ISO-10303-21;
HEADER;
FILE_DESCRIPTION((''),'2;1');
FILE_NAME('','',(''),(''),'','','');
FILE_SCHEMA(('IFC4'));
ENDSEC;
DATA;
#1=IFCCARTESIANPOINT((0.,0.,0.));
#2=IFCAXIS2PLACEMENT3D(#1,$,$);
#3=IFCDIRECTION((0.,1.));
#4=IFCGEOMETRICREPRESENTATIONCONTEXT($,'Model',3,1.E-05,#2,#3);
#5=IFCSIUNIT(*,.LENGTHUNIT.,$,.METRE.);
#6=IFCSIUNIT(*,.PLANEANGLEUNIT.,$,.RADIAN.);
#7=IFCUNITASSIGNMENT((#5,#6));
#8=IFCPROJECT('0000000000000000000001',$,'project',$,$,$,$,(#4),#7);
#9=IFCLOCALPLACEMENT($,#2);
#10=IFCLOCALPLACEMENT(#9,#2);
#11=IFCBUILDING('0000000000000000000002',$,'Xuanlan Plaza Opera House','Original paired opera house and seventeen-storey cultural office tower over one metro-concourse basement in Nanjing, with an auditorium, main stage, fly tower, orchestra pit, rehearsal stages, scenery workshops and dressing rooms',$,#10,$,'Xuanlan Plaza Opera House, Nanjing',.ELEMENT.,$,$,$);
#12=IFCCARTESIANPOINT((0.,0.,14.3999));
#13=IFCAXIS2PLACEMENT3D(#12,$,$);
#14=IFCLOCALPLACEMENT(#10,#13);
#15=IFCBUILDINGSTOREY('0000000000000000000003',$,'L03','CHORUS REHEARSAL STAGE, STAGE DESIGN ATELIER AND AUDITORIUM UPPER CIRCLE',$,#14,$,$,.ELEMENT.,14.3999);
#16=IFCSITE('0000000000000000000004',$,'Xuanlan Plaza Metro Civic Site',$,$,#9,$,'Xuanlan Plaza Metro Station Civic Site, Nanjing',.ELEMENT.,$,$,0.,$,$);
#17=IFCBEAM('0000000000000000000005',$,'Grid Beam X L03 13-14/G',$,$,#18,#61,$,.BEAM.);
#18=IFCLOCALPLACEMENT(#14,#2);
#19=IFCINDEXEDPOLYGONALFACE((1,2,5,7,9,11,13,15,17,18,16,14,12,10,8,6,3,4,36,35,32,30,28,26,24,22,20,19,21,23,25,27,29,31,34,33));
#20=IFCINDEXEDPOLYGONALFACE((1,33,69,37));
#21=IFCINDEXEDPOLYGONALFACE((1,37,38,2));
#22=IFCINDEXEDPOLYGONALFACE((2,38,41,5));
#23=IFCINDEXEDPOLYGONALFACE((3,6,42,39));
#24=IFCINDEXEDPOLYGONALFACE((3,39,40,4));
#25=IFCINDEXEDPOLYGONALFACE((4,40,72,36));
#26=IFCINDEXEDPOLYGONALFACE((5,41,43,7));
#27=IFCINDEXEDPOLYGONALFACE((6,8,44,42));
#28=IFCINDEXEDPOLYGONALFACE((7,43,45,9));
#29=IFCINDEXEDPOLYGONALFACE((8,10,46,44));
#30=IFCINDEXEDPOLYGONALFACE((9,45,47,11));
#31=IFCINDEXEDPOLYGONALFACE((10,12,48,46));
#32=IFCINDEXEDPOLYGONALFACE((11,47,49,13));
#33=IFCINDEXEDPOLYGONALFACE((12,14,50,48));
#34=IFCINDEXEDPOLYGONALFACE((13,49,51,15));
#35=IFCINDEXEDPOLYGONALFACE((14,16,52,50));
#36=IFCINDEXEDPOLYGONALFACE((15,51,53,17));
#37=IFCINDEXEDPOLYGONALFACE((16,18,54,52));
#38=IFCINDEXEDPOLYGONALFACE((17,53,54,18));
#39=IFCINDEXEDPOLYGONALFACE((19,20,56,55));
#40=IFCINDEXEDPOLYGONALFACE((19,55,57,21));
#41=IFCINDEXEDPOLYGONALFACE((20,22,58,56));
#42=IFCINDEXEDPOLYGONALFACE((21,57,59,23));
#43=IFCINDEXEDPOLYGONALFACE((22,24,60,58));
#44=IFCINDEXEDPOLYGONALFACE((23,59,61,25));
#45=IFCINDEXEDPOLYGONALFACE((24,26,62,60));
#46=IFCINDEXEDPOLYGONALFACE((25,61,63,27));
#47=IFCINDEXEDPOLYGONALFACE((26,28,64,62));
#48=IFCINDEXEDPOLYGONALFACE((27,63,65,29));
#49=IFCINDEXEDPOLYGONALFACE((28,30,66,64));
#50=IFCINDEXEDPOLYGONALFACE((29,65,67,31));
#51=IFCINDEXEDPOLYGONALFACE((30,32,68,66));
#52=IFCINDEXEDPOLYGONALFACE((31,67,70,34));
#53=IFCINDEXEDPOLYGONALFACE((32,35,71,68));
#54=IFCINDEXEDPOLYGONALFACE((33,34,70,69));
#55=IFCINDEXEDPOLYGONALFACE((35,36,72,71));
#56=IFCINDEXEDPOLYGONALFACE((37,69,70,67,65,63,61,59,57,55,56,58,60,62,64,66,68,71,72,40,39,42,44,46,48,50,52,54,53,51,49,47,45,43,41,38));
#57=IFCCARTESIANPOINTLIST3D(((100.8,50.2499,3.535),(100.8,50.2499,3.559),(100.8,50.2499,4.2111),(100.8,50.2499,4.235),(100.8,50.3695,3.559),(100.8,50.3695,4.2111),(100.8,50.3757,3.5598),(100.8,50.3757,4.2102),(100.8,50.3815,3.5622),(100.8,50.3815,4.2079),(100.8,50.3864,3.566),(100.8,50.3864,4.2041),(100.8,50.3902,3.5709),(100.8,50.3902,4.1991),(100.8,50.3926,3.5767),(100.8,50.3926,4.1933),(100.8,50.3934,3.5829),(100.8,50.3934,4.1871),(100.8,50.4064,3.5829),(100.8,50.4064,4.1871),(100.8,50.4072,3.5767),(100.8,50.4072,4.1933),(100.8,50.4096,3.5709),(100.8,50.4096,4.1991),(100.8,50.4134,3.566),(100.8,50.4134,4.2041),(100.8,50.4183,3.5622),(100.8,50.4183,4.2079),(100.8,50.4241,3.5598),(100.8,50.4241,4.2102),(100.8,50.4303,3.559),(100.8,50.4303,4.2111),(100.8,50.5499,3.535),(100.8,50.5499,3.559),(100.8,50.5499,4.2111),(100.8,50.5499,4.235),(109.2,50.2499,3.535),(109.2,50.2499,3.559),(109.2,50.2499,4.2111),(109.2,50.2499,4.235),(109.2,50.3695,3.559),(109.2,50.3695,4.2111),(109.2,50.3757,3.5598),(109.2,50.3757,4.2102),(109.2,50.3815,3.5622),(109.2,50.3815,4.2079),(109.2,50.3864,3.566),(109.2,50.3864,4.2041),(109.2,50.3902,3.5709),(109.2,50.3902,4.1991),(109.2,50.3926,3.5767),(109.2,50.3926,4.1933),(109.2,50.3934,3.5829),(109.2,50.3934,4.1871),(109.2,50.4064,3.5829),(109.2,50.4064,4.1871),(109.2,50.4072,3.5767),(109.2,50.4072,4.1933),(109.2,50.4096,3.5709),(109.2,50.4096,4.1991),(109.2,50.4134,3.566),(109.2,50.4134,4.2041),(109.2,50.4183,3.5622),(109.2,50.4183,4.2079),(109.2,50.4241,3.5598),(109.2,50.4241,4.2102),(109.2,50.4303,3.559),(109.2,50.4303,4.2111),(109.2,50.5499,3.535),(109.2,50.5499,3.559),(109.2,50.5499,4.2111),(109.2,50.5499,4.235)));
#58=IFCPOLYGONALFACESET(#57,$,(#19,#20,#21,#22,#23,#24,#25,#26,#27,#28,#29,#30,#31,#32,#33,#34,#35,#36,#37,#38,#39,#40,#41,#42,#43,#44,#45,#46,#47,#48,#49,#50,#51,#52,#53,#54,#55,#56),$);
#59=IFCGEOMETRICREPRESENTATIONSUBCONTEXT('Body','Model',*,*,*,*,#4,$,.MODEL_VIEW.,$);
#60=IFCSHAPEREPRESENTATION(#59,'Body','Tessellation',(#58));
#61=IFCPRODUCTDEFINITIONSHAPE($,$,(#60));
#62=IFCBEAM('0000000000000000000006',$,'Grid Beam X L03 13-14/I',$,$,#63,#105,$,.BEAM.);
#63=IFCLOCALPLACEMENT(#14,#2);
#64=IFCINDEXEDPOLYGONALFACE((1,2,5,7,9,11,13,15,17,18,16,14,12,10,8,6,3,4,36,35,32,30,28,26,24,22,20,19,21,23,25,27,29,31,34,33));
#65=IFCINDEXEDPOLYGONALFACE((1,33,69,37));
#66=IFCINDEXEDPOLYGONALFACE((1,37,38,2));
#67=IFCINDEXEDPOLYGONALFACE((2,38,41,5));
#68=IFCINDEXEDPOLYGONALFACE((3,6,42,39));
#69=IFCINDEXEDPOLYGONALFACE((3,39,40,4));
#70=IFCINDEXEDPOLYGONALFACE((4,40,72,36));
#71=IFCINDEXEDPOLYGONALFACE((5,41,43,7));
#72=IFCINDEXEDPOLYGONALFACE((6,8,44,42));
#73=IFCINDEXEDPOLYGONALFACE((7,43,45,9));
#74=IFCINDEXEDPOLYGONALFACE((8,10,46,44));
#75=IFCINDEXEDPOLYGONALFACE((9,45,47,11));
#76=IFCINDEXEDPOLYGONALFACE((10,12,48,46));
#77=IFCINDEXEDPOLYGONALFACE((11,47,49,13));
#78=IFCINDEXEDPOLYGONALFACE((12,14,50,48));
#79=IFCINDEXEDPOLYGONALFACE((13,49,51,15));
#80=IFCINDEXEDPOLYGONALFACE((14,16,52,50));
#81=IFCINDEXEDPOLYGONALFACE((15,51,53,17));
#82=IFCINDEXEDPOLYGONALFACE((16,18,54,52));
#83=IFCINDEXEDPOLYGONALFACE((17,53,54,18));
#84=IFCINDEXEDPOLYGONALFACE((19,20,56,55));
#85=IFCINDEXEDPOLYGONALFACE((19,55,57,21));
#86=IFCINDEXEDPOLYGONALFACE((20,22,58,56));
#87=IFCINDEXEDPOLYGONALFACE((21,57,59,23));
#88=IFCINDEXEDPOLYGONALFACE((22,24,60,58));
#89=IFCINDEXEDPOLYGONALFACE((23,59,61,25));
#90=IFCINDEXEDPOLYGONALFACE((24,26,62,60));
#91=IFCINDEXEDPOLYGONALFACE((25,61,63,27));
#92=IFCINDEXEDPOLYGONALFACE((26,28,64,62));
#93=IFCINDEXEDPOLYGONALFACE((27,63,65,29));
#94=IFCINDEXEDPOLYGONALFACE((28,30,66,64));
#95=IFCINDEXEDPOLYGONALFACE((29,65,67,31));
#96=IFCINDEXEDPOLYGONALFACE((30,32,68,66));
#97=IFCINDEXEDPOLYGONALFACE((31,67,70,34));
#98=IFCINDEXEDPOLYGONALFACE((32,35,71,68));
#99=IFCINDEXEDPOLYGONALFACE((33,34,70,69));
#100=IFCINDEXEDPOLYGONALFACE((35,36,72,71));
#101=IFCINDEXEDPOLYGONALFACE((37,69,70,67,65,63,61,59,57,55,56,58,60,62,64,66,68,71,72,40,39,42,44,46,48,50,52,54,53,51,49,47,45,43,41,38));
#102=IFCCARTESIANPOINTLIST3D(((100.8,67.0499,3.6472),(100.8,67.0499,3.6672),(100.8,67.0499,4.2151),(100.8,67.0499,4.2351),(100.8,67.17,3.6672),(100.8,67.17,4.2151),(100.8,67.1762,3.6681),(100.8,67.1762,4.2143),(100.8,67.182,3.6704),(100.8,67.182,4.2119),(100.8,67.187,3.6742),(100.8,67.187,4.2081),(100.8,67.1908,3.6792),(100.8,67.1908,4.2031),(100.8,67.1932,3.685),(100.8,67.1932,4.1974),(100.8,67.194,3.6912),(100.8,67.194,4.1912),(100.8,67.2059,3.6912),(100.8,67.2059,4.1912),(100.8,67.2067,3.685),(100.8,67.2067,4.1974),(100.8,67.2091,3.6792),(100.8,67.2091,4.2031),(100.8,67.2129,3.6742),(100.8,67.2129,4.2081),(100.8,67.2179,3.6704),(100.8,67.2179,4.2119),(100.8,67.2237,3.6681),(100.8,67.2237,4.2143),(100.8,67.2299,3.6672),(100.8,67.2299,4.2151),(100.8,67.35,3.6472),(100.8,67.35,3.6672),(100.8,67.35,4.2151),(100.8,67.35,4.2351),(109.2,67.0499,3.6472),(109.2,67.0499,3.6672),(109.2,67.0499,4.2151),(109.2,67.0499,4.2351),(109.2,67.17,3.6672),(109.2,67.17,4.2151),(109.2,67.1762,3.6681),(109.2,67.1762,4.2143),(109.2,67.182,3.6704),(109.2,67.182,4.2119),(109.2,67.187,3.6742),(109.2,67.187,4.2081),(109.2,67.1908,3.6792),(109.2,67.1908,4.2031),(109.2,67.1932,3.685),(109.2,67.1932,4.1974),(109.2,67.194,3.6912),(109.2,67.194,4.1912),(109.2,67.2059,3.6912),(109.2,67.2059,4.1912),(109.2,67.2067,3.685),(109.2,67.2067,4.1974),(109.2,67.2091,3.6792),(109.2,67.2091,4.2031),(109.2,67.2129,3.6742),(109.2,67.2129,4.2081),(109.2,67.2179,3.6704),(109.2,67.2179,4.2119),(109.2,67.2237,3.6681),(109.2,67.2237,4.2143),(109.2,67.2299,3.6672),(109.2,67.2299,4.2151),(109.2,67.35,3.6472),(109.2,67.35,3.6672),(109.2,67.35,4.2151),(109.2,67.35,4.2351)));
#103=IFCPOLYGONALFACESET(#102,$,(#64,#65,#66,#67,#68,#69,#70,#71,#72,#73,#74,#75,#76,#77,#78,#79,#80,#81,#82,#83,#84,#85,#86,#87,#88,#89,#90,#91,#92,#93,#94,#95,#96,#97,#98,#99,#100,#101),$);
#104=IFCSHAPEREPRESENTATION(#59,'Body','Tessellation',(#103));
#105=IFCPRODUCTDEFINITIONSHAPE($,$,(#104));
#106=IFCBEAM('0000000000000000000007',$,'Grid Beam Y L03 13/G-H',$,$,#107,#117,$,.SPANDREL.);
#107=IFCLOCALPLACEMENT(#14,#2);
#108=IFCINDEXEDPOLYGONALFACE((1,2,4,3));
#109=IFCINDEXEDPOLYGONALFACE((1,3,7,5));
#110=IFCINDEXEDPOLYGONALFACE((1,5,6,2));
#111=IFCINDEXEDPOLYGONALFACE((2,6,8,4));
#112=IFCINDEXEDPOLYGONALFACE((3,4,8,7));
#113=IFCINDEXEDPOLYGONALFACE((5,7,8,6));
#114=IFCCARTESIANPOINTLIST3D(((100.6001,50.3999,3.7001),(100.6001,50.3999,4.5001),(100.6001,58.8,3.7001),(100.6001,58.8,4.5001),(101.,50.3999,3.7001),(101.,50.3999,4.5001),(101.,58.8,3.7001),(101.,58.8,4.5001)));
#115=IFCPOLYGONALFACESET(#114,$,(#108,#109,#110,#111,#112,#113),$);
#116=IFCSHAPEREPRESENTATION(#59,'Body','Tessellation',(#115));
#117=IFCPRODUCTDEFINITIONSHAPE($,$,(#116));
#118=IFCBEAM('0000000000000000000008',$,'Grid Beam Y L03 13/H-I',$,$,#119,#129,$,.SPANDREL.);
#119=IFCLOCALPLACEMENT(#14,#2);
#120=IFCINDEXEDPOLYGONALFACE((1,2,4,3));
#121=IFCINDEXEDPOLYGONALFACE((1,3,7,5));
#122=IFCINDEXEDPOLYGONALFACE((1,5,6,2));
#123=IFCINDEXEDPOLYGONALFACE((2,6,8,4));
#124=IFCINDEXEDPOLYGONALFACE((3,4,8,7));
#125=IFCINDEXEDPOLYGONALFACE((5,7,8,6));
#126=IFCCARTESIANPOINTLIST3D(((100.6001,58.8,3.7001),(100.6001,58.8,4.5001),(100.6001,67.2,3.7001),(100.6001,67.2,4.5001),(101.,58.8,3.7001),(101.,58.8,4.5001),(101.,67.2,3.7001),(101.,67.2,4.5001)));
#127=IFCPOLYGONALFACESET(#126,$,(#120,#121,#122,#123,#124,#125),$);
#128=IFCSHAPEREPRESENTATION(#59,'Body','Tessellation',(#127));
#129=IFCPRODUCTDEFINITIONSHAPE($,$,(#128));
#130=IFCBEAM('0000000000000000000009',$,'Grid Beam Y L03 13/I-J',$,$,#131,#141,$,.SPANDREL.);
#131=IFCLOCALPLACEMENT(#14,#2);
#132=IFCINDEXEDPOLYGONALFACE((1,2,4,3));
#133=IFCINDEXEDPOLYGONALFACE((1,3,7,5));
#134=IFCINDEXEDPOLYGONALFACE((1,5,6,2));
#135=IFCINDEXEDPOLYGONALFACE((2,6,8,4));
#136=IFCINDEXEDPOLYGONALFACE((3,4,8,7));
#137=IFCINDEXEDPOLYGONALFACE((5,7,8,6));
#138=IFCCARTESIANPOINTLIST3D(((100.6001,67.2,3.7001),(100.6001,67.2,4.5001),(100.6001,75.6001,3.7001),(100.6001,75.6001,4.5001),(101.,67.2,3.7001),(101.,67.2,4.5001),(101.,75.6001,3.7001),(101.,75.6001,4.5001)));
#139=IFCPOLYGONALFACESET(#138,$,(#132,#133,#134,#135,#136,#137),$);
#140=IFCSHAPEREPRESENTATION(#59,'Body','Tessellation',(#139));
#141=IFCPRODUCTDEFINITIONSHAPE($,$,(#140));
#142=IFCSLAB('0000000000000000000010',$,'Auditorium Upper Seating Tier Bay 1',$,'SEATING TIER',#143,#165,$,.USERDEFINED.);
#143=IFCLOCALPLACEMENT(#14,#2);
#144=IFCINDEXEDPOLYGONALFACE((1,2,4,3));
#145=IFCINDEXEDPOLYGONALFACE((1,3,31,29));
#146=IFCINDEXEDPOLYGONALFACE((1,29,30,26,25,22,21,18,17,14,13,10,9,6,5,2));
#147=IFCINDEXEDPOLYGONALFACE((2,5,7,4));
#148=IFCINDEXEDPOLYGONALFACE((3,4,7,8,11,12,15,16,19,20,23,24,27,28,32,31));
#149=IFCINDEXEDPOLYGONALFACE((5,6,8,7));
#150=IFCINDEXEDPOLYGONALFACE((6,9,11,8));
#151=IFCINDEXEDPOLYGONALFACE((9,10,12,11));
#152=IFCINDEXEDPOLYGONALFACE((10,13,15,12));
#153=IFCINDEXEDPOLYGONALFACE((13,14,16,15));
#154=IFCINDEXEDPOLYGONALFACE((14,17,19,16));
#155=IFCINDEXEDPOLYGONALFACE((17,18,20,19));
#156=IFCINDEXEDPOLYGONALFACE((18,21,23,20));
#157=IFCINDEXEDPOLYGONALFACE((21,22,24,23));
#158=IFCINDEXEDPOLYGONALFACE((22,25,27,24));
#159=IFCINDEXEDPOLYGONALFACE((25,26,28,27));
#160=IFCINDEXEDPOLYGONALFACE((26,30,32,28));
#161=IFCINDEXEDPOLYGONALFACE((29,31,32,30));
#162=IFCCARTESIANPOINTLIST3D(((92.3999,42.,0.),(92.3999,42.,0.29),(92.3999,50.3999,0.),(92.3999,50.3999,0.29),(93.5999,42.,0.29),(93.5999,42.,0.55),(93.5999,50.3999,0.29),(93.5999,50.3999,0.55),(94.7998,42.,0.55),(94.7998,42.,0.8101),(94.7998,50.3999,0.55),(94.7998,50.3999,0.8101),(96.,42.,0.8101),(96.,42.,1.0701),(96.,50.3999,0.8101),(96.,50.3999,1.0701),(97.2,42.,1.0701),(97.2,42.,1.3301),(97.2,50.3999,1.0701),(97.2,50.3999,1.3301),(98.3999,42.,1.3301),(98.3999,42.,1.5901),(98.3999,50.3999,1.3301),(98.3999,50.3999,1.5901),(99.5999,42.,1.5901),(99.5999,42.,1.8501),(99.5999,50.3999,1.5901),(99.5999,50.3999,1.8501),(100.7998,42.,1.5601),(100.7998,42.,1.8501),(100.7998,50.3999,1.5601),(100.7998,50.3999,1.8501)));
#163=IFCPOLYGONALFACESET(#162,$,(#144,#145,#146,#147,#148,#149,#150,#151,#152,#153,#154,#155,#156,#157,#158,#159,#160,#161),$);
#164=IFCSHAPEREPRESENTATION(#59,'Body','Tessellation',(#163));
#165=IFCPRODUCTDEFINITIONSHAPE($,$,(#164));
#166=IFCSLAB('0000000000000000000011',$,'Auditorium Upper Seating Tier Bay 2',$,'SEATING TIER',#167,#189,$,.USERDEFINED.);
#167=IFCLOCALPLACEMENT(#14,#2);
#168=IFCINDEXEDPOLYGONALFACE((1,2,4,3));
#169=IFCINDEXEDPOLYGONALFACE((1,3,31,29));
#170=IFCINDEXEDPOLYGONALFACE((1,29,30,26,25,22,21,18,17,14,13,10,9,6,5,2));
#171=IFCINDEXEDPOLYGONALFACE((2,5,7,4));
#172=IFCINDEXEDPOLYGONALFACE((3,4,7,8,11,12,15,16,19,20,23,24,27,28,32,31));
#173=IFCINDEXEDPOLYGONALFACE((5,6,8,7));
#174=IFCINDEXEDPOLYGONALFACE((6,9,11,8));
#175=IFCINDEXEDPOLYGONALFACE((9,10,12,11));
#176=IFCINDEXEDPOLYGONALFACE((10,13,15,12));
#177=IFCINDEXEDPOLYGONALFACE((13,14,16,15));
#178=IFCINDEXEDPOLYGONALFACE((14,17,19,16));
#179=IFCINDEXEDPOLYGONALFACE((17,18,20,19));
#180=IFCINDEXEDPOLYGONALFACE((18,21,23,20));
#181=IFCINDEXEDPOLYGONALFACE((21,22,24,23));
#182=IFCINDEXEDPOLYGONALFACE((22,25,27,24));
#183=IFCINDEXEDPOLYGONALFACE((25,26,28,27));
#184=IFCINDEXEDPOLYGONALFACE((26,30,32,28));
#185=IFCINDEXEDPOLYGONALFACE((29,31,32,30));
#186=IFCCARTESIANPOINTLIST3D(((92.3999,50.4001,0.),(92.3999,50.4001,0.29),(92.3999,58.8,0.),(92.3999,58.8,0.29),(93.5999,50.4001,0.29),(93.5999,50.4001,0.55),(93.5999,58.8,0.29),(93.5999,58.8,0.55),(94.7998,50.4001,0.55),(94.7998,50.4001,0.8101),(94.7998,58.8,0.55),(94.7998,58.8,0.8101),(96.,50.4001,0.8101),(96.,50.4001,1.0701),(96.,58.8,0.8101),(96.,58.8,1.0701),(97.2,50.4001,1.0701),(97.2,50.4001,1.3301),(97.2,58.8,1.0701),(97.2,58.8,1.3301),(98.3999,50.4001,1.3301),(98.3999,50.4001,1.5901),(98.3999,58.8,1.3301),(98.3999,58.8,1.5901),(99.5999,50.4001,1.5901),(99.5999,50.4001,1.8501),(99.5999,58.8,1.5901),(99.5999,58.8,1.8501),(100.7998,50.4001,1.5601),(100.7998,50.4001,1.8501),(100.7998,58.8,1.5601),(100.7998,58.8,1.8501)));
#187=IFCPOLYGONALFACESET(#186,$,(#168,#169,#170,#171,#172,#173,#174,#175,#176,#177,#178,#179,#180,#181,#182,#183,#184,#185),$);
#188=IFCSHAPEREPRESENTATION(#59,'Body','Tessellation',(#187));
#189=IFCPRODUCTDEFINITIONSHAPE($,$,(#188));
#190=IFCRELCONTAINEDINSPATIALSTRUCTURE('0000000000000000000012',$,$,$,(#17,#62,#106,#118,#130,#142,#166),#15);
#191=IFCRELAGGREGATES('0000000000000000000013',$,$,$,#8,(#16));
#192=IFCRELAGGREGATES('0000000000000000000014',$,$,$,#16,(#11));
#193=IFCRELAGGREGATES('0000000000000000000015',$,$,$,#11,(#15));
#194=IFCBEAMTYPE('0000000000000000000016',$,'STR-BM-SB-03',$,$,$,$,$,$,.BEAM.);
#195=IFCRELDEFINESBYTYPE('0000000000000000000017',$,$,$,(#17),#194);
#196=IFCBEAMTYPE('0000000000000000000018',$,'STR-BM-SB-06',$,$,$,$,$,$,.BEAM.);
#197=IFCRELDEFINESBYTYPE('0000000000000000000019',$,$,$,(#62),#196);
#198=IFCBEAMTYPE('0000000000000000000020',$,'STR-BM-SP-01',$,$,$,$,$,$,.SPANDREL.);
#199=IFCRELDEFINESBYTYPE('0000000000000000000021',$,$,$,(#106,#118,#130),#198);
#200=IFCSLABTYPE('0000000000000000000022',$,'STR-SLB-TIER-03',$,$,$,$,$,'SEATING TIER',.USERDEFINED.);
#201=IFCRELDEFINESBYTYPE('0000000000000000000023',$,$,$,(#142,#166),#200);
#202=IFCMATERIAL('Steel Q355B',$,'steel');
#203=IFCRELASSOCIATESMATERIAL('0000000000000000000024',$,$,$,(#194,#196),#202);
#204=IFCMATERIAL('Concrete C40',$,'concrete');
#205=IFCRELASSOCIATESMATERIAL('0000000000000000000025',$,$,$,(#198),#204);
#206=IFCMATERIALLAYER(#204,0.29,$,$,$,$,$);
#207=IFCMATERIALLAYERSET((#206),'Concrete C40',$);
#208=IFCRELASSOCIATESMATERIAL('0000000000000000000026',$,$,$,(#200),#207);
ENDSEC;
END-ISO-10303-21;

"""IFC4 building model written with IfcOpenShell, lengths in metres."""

from ifc_helpers import new_model, si_unit, direction, frame, origin, origin_2d, place, context, subcontext, project, spatial, polyline, rectangle, i_section, outline, extrude, material, layer, layer_set, material_profile, profile_set, type_object, element, save


model = new_model("IFC4")

# Units and contexts
model_context = context("Model", 3, precision=1e-05, world=origin(), true_north=direction((0.0, 1.0)))
body_context = subcontext(model_context, "Body", "Model", "MODEL_VIEW")
ifc_project = project(units=[si_unit("LENGTHUNIT", "METRE"), si_unit("PLANEANGLEUNIT", "RADIAN")], contexts=[model_context])

# Site, building, storey
site_placement = place(None, origin())
site = spatial("IfcSite", under=ifc_project, at=site_placement, Name="Xuanlan Plaza Metro Civic Site", LongName="Xuanlan Plaza Metro Station Civic Site, Nanjing", CompositionType="ELEMENT", RefElevation=0.0)
building_placement = place(site_placement, origin())
building = spatial("IfcBuilding", under=site, at=building_placement, Name="Xuanlan Plaza Opera House", Description="Original paired opera house and seventeen-storey cultural office tower over one metro-concourse basement in Nanjing, with an auditorium, main stage, fly tower, orchestra pit, rehearsal stages, scenery workshops and dressing rooms", LongName="Xuanlan Plaza Opera House, Nanjing", CompositionType="ELEMENT")
storey_placement = place(building_placement, frame((0.0, 0.0, 14.3999)))
storey = spatial("IfcBuildingStorey", under=building, at=storey_placement, Name="L03", Description="CHORUS REHEARSAL STAGE, STAGE DESIGN ATELIER AND AUDITORIUM UPPER CIRCLE", CompositionType="ELEMENT", Elevation=14.3999)

# Beams
ifc_material_1 = material(Name="Concrete C40", Category="concrete")
ifc_material_2 = material(Name="Steel Q355B", Category="steel")
ifc_material_profile_1 = material_profile(ifc_material_2, i_section(OverallWidth=0.3, OverallDepth=0.7, WebThickness=0.0129, FlangeThickness=0.0239, FilletRadius=0.0239, at=origin_2d()), Name="HN 700x300x13x24")
ifc_profile_set_1 = profile_set([ifc_material_profile_1], Name="Steel Q355B")
beam_type_1 = type_object("IfcBeamType", Name="STR-BM-SB-03", PredefinedType="BEAM", material=ifc_profile_set_1)
beam_1_placement = place(storey_placement, frame((100.8, 50.3999, 3.885), z_axis=(1.0, 0.0, 0.0), x_axis=(0.0, 1.0, 0.0)))
element("IfcBeam", 1, at=beam_1_placement, inside=storey, type_object=beam_type_1, Name="Grid Beam X L03 13-14/G", PredefinedType="BEAM", context=body_context, shape_type="SweptSolid", body=[
    extrude(i_section(OverallWidth=0.3, OverallDepth=0.7, WebThickness=0.0129, FlangeThickness=0.0239, FilletRadius=0.0239, at=origin_2d()), origin(), (0.0, 0.0, 1.0), 8.3999),
])
ifc_material_profile_2 = material_profile(ifc_material_2, i_section(OverallWidth=0.3, OverallDepth=0.5879, WebThickness=0.012, FlangeThickness=0.02, FilletRadius=0.0239, at=origin_2d()), Name="HM 588x300x12x20")
ifc_profile_set_2 = profile_set([ifc_material_profile_2], Name="Steel Q355B")
beam_type_2 = type_object("IfcBeamType", Name="STR-BM-SB-06", PredefinedType="BEAM", material=ifc_profile_set_2)
beam_2_placement = place(storey_placement, frame((100.8, 67.2, 3.9412), z_axis=(1.0, 0.0, 0.0), x_axis=(0.0, 1.0, 0.0)))
element("IfcBeam", 2, at=beam_2_placement, inside=storey, type_object=beam_type_2, Name="Grid Beam X L03 13-14/I", PredefinedType="BEAM", context=body_context, shape_type="SweptSolid", body=[
    extrude(i_section(OverallWidth=0.3, OverallDepth=0.5879, WebThickness=0.012, FlangeThickness=0.02, FilletRadius=0.0239, at=origin_2d()), origin(), (0.0, 0.0, 1.0), 8.3999),
])
ifc_material_profile_3 = material_profile(ifc_material_1, rectangle(XDim=0.3999, YDim=0.8, at=origin_2d()), Name="RC-SPD 400x800")
ifc_profile_set_3 = profile_set([ifc_material_profile_3], Name="Concrete C40")
beam_type_3 = type_object("IfcBeamType", Name="STR-BM-SP-01", PredefinedType="SPANDREL", material=ifc_profile_set_3)
beam_3_placement = place(storey_placement, frame((100.8, 50.3999, 4.1001), z_axis=(0.0, 1.0, 0.0), x_axis=(-1.0, 0.0, 0.0)))
element("IfcBeam", 3, at=beam_3_placement, inside=storey, type_object=beam_type_3, Name="Grid Beam Y L03 13/G-H", PredefinedType="SPANDREL", context=body_context, shape_type="SweptSolid", body=[
    extrude(rectangle(XDim=0.3999, YDim=0.8, at=origin_2d()), origin(), (0.0, 0.0, 1.0), 8.4001),
])
beam_4_placement = place(storey_placement, frame((100.8, 58.8, 4.1001), z_axis=(0.0, 1.0, 0.0), x_axis=(-1.0, 0.0, 0.0)))
element("IfcBeam", 4, at=beam_4_placement, inside=storey, type_object=beam_type_3, Name="Grid Beam Y L03 13/H-I", PredefinedType="SPANDREL", context=body_context, shape_type="SweptSolid", body=[
    extrude(rectangle(XDim=0.3999, YDim=0.8, at=origin_2d()), origin(), (0.0, 0.0, 1.0), 8.3999),
])
beam_5_placement = place(storey_placement, frame((100.8, 67.2, 4.1001), z_axis=(0.0, 1.0, 0.0), x_axis=(-1.0, 0.0, 0.0)))
element("IfcBeam", 5, at=beam_5_placement, inside=storey, type_object=beam_type_3, Name="Grid Beam Y L03 13/I-J", PredefinedType="SPANDREL", context=body_context, shape_type="SweptSolid", body=[
    extrude(rectangle(XDim=0.3999, YDim=0.8, at=origin_2d()), origin(), (0.0, 0.0, 1.0), 8.4001),
])

# Slabs
ifc_layer_1 = layer(ifc_material_1, 0.29)
ifc_layer_set_1 = layer_set([ifc_layer_1], Name="Concrete C40")
slab_type = type_object("IfcSlabType", Name="STR-SLB-TIER-03", ElementType="SEATING TIER", PredefinedType="USERDEFINED", material=ifc_layer_set_1)
for number, where, z_axis, x_axis, name in (
    (6, (92.3999, 46.2, 0.0), (0.0, 0.0, 1.0), (1.0, 0.0, 0.0), "Auditorium Upper Seating Tier Bay 1"),
    (7, (92.3999, 54.6001, 0.0), (0.0, 0.0, 1.0), (1.0, 0.0, 0.0), "Auditorium Upper Seating Tier Bay 2"),
):
    element("IfcSlab", number, at=place(storey_placement, frame(where, z_axis=z_axis, x_axis=x_axis)), inside=storey, type_object=slab_type, Name=name, ObjectType="SEATING TIER", PredefinedType="USERDEFINED", context=body_context, shape_type="SweptSolid", body=[
        extrude(outline(polyline([(0.0, 0.0), (0.0, 0.29), (1.2, 0.29), (1.2, 0.55), (2.3999, 0.55), (2.3999, 0.8101), (3.6001, 0.8101), (3.6001, 1.0701), (4.8, 1.0701), (4.8, 1.3301), (6.0, 1.3301), (6.0, 1.5901), (7.2, 1.5901), (7.2, 1.8501), (8.3999, 1.8501), (8.3999, 1.5601), (0.0, 0.0)])), frame((0.0, 4.2, 0.0), z_axis=(0.0, -1.0, 0.0), x_axis=(1.0, 0.0, 0.0)), (0.0, 0.0, 1.0), 8.3999),
    ])

save(model, "model.ifc")
